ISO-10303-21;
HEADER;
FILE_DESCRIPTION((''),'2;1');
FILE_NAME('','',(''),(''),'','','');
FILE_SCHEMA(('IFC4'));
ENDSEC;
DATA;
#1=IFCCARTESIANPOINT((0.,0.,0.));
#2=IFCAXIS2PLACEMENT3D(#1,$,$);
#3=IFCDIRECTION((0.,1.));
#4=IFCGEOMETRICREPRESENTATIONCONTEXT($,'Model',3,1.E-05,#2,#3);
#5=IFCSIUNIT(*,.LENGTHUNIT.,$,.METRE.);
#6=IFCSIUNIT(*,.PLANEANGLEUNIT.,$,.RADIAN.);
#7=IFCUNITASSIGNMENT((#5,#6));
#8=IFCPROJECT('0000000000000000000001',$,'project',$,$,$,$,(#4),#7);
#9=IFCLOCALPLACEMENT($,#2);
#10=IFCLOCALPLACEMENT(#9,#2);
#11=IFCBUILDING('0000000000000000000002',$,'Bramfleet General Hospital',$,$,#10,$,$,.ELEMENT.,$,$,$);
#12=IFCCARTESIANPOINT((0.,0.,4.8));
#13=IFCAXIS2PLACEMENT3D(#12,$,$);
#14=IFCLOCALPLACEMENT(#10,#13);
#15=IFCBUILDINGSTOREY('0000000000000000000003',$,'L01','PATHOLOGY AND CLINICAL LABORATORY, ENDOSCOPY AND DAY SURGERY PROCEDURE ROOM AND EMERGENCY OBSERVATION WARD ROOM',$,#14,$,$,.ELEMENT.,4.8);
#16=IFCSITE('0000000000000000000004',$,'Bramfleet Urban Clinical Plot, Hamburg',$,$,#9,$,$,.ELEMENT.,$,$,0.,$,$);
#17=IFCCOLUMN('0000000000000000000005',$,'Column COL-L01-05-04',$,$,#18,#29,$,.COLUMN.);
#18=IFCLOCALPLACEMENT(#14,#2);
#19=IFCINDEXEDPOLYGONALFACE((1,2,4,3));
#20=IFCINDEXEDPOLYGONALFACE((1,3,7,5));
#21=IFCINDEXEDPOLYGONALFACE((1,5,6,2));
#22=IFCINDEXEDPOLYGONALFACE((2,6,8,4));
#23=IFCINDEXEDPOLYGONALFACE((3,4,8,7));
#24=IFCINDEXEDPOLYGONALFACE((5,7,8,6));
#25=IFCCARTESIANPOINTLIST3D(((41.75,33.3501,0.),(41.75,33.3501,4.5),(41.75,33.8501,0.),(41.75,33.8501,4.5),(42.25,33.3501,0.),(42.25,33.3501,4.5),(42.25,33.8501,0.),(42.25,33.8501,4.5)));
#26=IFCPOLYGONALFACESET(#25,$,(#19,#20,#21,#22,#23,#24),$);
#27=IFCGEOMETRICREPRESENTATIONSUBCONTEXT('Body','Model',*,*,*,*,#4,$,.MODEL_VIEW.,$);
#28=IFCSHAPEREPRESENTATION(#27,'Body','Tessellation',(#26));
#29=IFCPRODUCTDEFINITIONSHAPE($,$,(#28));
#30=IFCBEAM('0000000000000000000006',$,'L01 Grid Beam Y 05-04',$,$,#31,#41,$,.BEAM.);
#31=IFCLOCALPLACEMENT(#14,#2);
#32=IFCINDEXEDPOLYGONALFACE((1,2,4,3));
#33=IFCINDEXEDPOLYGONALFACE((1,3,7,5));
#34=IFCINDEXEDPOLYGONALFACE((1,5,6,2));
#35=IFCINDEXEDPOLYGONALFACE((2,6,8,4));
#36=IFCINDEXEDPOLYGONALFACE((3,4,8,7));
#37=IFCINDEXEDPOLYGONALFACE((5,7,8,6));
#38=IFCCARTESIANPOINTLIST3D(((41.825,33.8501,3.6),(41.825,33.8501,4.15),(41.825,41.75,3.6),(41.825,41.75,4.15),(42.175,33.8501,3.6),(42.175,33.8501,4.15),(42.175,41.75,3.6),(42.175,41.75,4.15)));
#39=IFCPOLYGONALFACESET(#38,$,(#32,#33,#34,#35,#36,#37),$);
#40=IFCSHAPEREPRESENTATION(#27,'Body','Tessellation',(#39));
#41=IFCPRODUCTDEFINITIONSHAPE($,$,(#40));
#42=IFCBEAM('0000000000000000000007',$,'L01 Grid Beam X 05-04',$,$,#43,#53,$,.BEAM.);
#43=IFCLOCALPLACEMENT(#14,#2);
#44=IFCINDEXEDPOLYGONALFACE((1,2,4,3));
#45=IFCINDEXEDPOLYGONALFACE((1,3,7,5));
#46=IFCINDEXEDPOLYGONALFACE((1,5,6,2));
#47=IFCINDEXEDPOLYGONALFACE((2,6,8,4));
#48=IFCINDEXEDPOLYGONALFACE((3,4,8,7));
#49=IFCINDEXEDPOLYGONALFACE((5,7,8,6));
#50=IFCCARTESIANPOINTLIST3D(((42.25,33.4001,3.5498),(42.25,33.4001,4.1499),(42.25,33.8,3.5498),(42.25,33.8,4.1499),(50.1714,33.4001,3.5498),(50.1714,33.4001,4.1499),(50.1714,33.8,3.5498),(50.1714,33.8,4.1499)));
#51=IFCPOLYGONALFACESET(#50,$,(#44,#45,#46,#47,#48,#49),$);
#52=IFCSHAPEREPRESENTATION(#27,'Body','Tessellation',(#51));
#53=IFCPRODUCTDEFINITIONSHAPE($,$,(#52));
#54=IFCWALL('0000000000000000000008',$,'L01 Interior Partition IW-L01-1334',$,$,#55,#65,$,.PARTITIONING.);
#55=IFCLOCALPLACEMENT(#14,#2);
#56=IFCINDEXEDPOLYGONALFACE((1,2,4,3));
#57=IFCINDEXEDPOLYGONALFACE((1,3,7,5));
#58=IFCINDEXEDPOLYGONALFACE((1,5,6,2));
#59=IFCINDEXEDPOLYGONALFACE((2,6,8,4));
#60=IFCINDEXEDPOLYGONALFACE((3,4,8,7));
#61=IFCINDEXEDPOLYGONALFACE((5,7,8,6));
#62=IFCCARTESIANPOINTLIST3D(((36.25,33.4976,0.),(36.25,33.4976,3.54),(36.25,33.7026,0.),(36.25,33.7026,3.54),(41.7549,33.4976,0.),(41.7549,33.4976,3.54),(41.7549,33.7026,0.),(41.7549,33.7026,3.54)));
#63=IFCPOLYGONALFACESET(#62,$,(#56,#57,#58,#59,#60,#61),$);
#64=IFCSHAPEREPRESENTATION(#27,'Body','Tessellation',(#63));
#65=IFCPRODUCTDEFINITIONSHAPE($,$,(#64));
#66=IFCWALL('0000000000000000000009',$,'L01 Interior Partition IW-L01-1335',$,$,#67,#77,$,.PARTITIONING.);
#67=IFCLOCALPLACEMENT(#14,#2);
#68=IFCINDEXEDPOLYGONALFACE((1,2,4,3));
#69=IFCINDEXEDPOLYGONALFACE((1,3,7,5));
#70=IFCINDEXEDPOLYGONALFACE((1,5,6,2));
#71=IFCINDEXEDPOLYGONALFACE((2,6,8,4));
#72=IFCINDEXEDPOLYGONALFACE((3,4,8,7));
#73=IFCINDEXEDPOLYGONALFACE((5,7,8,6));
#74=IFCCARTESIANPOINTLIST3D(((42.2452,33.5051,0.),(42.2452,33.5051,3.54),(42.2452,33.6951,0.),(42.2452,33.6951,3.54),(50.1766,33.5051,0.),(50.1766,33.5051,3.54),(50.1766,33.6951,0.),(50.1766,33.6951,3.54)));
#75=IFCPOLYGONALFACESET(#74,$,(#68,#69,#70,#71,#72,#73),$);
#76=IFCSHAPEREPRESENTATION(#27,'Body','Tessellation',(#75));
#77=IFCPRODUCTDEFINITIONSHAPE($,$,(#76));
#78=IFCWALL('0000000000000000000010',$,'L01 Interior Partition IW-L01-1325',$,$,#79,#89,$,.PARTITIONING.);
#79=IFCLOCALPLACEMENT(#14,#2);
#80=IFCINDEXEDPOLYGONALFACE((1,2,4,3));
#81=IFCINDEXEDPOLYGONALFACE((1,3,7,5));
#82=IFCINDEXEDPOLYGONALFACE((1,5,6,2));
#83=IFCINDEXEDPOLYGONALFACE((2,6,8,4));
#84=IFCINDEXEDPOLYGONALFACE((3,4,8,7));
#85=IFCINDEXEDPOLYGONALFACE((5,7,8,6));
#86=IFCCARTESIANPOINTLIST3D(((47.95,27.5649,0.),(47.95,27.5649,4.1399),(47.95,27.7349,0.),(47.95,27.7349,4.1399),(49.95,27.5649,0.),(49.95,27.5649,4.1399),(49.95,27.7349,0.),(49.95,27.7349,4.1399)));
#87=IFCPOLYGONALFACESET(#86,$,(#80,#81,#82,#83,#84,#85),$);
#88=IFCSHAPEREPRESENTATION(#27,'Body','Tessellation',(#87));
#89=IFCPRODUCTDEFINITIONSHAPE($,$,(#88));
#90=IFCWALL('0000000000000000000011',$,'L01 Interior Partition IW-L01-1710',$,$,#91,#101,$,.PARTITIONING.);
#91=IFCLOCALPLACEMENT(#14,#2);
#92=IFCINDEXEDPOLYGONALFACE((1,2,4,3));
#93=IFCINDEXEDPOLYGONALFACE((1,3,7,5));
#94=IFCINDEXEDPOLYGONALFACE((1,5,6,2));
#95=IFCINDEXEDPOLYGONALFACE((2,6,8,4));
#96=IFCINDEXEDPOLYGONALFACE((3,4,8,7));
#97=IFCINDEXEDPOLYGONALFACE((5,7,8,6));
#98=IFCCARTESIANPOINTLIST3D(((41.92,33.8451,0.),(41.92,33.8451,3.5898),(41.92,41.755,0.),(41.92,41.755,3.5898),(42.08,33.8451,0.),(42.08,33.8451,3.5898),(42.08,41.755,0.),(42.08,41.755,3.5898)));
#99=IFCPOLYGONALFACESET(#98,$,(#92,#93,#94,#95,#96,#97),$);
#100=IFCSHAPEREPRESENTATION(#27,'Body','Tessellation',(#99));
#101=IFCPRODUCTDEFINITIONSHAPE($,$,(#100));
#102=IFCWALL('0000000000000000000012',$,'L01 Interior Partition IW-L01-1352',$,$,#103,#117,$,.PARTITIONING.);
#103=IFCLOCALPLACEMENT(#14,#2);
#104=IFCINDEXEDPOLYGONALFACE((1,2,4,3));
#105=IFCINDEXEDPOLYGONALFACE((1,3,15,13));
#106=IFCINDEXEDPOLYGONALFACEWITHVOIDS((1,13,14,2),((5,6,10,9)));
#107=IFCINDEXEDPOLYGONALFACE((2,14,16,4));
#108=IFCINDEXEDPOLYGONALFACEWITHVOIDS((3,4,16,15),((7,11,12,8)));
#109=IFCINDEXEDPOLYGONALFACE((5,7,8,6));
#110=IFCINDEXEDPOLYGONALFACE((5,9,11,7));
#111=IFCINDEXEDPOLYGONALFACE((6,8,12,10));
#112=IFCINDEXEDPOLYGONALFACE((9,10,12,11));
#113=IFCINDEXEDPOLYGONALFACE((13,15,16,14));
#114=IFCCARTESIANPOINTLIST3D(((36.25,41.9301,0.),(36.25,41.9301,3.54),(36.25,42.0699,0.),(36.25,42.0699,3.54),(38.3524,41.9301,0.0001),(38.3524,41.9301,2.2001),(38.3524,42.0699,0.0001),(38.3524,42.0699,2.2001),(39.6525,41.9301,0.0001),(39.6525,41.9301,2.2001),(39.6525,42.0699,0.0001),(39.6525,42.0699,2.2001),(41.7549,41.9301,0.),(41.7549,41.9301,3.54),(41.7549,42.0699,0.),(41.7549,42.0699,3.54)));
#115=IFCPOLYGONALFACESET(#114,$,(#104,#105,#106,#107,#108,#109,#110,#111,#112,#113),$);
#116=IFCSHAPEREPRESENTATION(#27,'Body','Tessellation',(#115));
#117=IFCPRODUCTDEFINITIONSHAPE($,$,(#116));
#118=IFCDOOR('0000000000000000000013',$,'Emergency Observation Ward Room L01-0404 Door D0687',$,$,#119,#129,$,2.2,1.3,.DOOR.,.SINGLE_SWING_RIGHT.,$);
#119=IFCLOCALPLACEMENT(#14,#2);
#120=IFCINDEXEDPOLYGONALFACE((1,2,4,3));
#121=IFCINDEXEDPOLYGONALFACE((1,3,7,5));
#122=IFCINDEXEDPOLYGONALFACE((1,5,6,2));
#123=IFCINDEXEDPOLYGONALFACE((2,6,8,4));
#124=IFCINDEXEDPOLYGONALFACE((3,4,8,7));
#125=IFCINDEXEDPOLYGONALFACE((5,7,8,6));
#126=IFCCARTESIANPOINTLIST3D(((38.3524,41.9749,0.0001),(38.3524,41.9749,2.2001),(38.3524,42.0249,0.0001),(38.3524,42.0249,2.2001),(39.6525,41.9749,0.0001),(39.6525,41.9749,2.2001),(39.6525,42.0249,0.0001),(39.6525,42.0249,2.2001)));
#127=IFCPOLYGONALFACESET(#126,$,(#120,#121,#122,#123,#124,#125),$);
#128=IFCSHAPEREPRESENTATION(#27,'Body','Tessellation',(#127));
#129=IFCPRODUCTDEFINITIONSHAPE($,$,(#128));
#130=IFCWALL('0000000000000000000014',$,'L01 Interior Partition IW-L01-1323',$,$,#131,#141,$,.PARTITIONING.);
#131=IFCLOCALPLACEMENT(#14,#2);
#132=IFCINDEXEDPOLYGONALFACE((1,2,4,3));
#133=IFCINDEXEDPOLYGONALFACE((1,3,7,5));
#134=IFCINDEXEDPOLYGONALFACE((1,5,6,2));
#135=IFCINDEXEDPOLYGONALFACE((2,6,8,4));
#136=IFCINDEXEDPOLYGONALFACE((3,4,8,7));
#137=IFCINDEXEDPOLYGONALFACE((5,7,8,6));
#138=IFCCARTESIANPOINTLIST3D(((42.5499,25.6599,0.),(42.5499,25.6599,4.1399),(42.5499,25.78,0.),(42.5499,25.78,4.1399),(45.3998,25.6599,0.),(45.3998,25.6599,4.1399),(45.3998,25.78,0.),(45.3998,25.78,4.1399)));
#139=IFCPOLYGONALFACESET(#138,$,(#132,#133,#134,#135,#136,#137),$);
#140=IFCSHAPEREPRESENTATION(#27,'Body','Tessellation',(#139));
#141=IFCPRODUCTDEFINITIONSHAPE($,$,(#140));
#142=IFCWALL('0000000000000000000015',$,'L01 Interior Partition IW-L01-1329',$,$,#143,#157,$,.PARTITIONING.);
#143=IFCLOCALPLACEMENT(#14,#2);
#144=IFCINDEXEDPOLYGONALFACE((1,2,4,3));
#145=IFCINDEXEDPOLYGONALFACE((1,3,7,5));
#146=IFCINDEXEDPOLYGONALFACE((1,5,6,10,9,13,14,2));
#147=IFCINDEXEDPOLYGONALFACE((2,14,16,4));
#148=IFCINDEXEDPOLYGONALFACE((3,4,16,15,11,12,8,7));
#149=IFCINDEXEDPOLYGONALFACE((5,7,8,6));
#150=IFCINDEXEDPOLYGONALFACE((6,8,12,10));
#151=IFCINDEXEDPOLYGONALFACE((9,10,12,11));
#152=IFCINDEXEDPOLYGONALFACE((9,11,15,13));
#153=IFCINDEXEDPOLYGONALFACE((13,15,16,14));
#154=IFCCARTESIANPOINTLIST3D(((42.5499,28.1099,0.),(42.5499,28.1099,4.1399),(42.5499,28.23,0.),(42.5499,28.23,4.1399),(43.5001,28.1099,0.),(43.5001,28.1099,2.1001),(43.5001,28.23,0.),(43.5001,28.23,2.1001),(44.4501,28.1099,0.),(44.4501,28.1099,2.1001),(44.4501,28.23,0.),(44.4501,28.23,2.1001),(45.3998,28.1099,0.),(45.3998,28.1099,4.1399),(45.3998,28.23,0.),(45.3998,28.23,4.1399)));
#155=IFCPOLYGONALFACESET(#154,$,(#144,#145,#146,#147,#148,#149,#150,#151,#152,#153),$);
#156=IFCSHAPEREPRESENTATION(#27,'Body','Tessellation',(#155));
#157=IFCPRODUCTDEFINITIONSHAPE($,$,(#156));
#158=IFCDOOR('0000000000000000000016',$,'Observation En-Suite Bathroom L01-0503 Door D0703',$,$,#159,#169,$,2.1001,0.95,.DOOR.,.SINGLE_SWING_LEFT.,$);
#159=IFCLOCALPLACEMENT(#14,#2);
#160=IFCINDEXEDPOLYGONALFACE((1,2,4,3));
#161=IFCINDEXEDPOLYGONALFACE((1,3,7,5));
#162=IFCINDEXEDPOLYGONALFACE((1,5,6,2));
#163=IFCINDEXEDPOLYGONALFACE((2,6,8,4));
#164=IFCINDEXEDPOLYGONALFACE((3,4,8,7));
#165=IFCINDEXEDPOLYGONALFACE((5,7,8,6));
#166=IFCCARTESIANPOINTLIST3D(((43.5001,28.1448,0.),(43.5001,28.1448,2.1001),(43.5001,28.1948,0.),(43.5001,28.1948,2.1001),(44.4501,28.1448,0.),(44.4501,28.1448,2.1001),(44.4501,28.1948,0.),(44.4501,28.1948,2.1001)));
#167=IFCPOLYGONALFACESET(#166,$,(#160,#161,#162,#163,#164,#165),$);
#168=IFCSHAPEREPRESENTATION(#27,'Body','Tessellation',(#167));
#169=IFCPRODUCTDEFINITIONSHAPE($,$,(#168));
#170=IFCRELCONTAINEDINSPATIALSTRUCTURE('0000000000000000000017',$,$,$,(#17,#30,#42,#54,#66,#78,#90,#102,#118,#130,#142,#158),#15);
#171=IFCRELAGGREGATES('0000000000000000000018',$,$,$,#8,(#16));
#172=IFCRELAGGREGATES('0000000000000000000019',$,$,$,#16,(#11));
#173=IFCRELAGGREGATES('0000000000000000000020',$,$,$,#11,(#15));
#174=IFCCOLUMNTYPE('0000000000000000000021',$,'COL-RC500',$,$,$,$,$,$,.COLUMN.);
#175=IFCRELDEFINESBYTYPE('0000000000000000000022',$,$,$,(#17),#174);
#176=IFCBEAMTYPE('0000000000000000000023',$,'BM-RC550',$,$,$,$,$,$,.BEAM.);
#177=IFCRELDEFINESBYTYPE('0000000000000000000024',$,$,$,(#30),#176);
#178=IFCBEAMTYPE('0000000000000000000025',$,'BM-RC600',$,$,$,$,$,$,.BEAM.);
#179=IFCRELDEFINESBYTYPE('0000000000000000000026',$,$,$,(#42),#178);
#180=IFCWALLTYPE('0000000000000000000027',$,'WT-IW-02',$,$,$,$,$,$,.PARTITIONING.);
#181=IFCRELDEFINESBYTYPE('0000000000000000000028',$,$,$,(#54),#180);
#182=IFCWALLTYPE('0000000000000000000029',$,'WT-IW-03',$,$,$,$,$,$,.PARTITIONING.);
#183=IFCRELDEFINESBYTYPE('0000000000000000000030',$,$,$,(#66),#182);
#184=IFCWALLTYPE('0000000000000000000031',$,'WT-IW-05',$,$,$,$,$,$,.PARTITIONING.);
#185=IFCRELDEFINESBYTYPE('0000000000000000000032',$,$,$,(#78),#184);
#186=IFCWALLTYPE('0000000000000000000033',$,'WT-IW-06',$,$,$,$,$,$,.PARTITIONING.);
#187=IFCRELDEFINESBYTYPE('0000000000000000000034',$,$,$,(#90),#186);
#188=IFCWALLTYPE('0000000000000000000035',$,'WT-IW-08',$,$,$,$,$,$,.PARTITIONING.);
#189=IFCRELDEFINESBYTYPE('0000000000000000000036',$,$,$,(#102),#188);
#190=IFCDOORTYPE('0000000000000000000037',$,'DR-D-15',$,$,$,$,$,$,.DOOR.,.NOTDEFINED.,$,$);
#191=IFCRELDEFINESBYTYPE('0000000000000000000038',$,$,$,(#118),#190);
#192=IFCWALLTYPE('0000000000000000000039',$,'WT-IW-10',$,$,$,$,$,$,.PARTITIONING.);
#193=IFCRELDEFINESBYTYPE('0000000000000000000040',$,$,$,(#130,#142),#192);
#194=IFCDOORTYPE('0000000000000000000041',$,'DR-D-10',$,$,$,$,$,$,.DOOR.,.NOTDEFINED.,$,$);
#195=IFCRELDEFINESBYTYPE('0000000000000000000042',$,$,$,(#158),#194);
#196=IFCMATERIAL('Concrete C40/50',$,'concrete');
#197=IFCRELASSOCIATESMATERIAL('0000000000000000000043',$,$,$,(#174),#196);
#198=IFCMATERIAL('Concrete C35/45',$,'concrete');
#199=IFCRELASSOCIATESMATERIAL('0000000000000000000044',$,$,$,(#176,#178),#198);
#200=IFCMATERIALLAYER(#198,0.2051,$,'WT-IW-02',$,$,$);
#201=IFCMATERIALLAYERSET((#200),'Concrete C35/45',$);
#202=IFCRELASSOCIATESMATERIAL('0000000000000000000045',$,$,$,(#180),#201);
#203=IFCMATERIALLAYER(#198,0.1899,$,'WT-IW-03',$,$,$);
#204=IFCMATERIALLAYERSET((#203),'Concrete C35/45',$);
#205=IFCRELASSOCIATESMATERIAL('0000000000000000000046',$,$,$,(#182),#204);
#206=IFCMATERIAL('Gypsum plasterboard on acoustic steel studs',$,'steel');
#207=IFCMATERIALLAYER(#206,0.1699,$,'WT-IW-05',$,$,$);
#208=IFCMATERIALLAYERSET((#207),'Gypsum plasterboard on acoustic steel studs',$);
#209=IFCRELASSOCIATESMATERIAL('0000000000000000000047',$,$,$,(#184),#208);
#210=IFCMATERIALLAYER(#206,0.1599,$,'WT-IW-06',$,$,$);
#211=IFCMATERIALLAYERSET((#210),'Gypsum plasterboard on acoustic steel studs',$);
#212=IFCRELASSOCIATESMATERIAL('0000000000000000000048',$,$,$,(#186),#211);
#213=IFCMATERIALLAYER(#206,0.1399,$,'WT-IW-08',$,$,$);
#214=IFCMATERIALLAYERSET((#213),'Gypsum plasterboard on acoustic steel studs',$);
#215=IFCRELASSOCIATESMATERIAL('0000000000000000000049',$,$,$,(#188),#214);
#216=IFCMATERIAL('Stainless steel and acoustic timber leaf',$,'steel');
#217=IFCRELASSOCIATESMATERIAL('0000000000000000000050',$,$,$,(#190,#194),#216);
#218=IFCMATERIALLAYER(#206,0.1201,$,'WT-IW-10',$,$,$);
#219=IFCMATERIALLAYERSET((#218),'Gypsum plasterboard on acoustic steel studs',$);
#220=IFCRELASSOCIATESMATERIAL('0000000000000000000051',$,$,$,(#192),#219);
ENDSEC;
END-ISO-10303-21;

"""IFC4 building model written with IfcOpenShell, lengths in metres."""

from ifc_helpers import new_model, si_unit, direction, frame, frame_2d, origin, origin_2d, place, context, subcontext, project, spatial, rectangle, extrude, material, layer, layer_set, material_profile, profile_set, type_object, element, fill, save


model = new_model("IFC4")

# Units and contexts
model_context = context("Model", 3, precision=1e-05, world=origin(), true_north=direction((0.0, 1.0)))
body_context = subcontext(model_context, "Body", "Model", "MODEL_VIEW")
ifc_project = project(units=[si_unit("LENGTHUNIT", "METRE"), si_unit("PLANEANGLEUNIT", "RADIAN")], contexts=[model_context])

# Site, building, storey
site_placement = place(None, origin())
site = spatial("IfcSite", under=ifc_project, at=site_placement, Name="Bramfleet Urban Clinical Plot, Hamburg", CompositionType="ELEMENT", RefElevation=0.0)
building_placement = place(site_placement, origin())
building = spatial("IfcBuilding", under=site, at=building_placement, Name="Bramfleet General Hospital", CompositionType="ELEMENT")
storey_placement = place(building_placement, frame((0.0, 0.0, 4.8)))
storey = spatial("IfcBuildingStorey", under=building, at=storey_placement, Name="L01", Description="PATHOLOGY AND CLINICAL LABORATORY, ENDOSCOPY AND DAY SURGERY PROCEDURE ROOM AND EMERGENCY OBSERVATION WARD ROOM", CompositionType="ELEMENT", Elevation=4.8)

# Column
ifc_material_1 = material(Name="Concrete C40/50", Category="concrete")
ifc_material_profile_1 = material_profile(ifc_material_1, rectangle(XDim=0.5, YDim=0.5, at=origin_2d()), Name="RC COL 500x500")
ifc_profile_set_1 = profile_set([ifc_material_profile_1], Name="Concrete C40/50")
column_type = type_object("IfcColumnType", Name="COL-RC500", PredefinedType="COLUMN", material=ifc_profile_set_1)
column_placement = place(storey_placement, frame((42.0, 33.6001, 0.0), z_axis=(0.0, 0.0, 1.0), x_axis=(1.0, 0.0, 0.0)))
element("IfcColumn", 1, at=column_placement, inside=storey, type_object=column_type, Name="Column COL-L01-05-04", PredefinedType="COLUMN", context=body_context, shape_type="SweptSolid", body=[
    extrude(rectangle(XDim=0.5, YDim=0.5, at=origin_2d()), origin(), (0.0, 0.0, 1.0), 4.5),
])

# Beams
ifc_material_2 = material(Name="Concrete C35/45", Category="concrete")
ifc_material_profile_2 = material_profile(ifc_material_2, rectangle(XDim=0.3501, YDim=0.55, at=origin_2d()), Name="RC BM 550x350")
ifc_profile_set_2 = profile_set([ifc_material_profile_2], Name="Concrete C35/45")
beam_type_1 = type_object("IfcBeamType", Name="BM-RC550", PredefinedType="BEAM", material=ifc_profile_set_2)
beam_1_placement = place(storey_placement, frame((42.0, 33.8501, 3.875), z_axis=(0.0, 1.0, 0.0), x_axis=(-1.0, 0.0, 0.0)))
element("IfcBeam", 2, at=beam_1_placement, inside=storey, type_object=beam_type_1, Name="L01 Grid Beam Y 05-04", PredefinedType="BEAM", context=body_context, shape_type="SweptSolid", body=[
    extrude(rectangle(XDim=0.3501, YDim=0.55, at=origin_2d()), origin(), (0.0, 0.0, 1.0), 7.8999),
])
ifc_material_profile_3 = material_profile(ifc_material_2, rectangle(XDim=0.3999, YDim=0.6001, at=origin_2d()), Name="RC BM 600x400")
ifc_profile_set_3 = profile_set([ifc_material_profile_3], Name="Concrete C35/45")
beam_type_2 = type_object("IfcBeamType", Name="BM-RC600", PredefinedType="BEAM", material=ifc_profile_set_3)
beam_2_placement = place(storey_placement, frame((42.25, 33.6001, 3.8499), z_axis=(1.0, 0.0, 0.0), x_axis=(0.0, 1.0, 0.0)))
element("IfcBeam", 3, at=beam_2_placement, inside=storey, type_object=beam_type_2, Name="L01 Grid Beam X 05-04", PredefinedType="BEAM", context=body_context, shape_type="SweptSolid", body=[
    extrude(rectangle(XDim=0.3999, YDim=0.6001, at=origin_2d()), origin(), (0.0, 0.0, 1.0), 7.9214),
])

# Walls
ifc_layer_1 = layer(ifc_material_2, 0.2051, Name="WT-IW-02")
ifc_layer_set_1 = layer_set([ifc_layer_1], Name="Concrete C35/45")
wall_type_1 = type_object("IfcWallType", Name="WT-IW-02", PredefinedType="PARTITIONING", material=ifc_layer_set_1)
wall_1_placement = place(storey_placement, frame((36.25, 33.6001, 0.0), z_axis=(0.0, 0.0, 1.0), x_axis=(1.0, 0.0, 0.0)))
element("IfcWall", 4, at=wall_1_placement, inside=storey, type_object=wall_type_1, Name="L01 Interior Partition IW-L01-1334", PredefinedType="PARTITIONING", context=body_context, shape_type="SweptSolid", body=[
    extrude(rectangle(XDim=5.5049, YDim=0.2051, at=frame_2d((2.7524, 0.0))), origin(), (0.0, 0.0, 1.0), 3.54),
])
ifc_layer_2 = layer(ifc_material_2, 0.1899, Name="WT-IW-03")
ifc_layer_set_2 = layer_set([ifc_layer_2], Name="Concrete C35/45")
wall_type_2 = type_object("IfcWallType", Name="WT-IW-03", PredefinedType="PARTITIONING", material=ifc_layer_set_2)
wall_2_placement = place(storey_placement, frame((42.2451, 33.6001, 0.0), z_axis=(0.0, 0.0, 1.0), x_axis=(1.0, 0.0, 0.0)))
element("IfcWall", 5, at=wall_2_placement, inside=storey, type_object=wall_type_2, Name="L01 Interior Partition IW-L01-1335", PredefinedType="PARTITIONING", context=body_context, shape_type="SweptSolid", body=[
    extrude(rectangle(XDim=7.9314, YDim=0.1899, at=frame_2d((3.9658, 0.0))), origin(), (0.0, 0.0, 1.0), 3.54),
])
ifc_material_3 = material(Name="Gypsum plasterboard on acoustic steel studs", Category="steel")
ifc_layer_3 = layer(ifc_material_3, 0.1699, Name="WT-IW-05")
ifc_layer_set_3 = layer_set([ifc_layer_3], Name="Gypsum plasterboard on acoustic steel studs")
wall_type_3 = type_object("IfcWallType", Name="WT-IW-05", PredefinedType="PARTITIONING", material=ifc_layer_set_3)
wall_3_placement = place(storey_placement, frame((47.95, 27.6499, 0.0), z_axis=(0.0, 0.0, 1.0), x_axis=(1.0, 0.0, 0.0)))
element("IfcWall", 6, at=wall_3_placement, inside=storey, type_object=wall_type_3, Name="L01 Interior Partition IW-L01-1325", PredefinedType="PARTITIONING", context=body_context, shape_type="SweptSolid", body=[
    extrude(rectangle(XDim=2.0, YDim=0.1699, at=frame_2d((1.0, 0.0))), origin(), (0.0, 0.0, 1.0), 4.1399),
])
ifc_layer_4 = layer(ifc_material_3, 0.1599, Name="WT-IW-06")
ifc_layer_set_4 = layer_set([ifc_layer_4], Name="Gypsum plasterboard on acoustic steel studs")
wall_type_4 = type_object("IfcWallType", Name="WT-IW-06", PredefinedType="PARTITIONING", material=ifc_layer_set_4)
wall_4_placement = place(storey_placement, frame((42.0, 33.845, 0.0), z_axis=(0.0, 0.0, 1.0), x_axis=(0.0, 1.0, 0.0)))
element("IfcWall", 7, at=wall_4_placement, inside=storey, type_object=wall_type_4, Name="L01 Interior Partition IW-L01-1710", PredefinedType="PARTITIONING", context=body_context, shape_type="SweptSolid", body=[
    extrude(rectangle(XDim=7.9099, YDim=0.1599, at=frame_2d((3.9551, 0.0))), origin(), (0.0, 0.0, 1.0), 3.5898),
])

# Wall, opening, door
ifc_layer_5 = layer(ifc_material_3, 0.1399, Name="WT-IW-08")
ifc_layer_set_5 = layer_set([ifc_layer_5], Name="Gypsum plasterboard on acoustic steel studs")
wall_type_5 = type_object("IfcWallType", Name="WT-IW-08", PredefinedType="PARTITIONING", material=ifc_layer_set_5)
wall_5_placement = place(storey_placement, frame((36.25, 42.0, 0.0), z_axis=(0.0, 0.0, 1.0), x_axis=(1.0, 0.0, 0.0)))
wall_5 = element("IfcWall", 8, at=wall_5_placement, inside=storey, type_object=wall_type_5, Name="L01 Interior Partition IW-L01-1352", PredefinedType="PARTITIONING", context=body_context, shape_type="SweptSolid", body=[
    extrude(rectangle(XDim=5.5049, YDim=0.1399, at=frame_2d((2.7524, 0.0))), origin(), (0.0, 0.0, 1.0), 3.54),
])
opening_1_placement = place(wall_5_placement, frame((2.1025, 0.0, 0.0)))
opening_1 = element("IfcOpeningElement", 9, at=opening_1_placement, cuts=wall_5, PredefinedType="OPENING", context=body_context, shape_type="SweptSolid", body=[
    extrude(rectangle(XDim=1.3, YDim=2.2, at=frame_2d((0.6499, 1.1001))), frame((0.0, 0.0798, 0.0), z_axis=(0.0, -1.0, 0.0), x_axis=(1.0, 0.0, 0.0)), (0.0, 0.0, 1.0), 0.1599),
])
ifc_material_4 = material(Name="Stainless steel and acoustic timber leaf", Category="steel")
door_type_1 = type_object("IfcDoorType", Name="DR-D-15", OperationType="NOTDEFINED", PredefinedType="DOOR", material=ifc_material_4)
door_1_placement = place(opening_1_placement, origin())
door_1 = element("IfcDoor", 10, at=door_1_placement, inside=storey, type_object=door_type_1, Name="Emergency Observation Ward Room L01-0404 Door D0687", OperationType="SINGLE_SWING_RIGHT", OverallHeight=2.2, OverallWidth=1.3, PredefinedType="DOOR", context=body_context, shape_type="SweptSolid", body=[
    extrude(rectangle(XDim=1.3, YDim=2.2, at=frame_2d((0.6499, 1.1001))), frame((0.0, 0.0249, 0.0), z_axis=(0.0, -1.0, 0.0), x_axis=(1.0, 0.0, 0.0)), (0.0, 0.0, 1.0), 0.05),
])
fill(opening_1, door_1)

# Wall
ifc_layer_6 = layer(ifc_material_3, 0.1201, Name="WT-IW-10")
ifc_layer_set_6 = layer_set([ifc_layer_6], Name="Gypsum plasterboard on acoustic steel studs")
wall_type_6 = type_object("IfcWallType", Name="WT-IW-10", PredefinedType="PARTITIONING", material=ifc_layer_set_6)
wall_6_placement = place(storey_placement, frame((42.55, 25.72, 0.0), z_axis=(0.0, 0.0, 1.0), x_axis=(1.0, 0.0, 0.0)))
element("IfcWall", 11, at=wall_6_placement, inside=storey, type_object=wall_type_6, Name="L01 Interior Partition IW-L01-1323", PredefinedType="PARTITIONING", context=body_context, shape_type="SweptSolid", body=[
    extrude(rectangle(XDim=2.8499, YDim=0.1201, at=frame_2d((1.4248, 0.0))), origin(), (0.0, 0.0, 1.0), 4.1399),
])

# Wall, opening, door
wall_7_placement = place(storey_placement, frame((42.55, 28.1699, 0.0), z_axis=(0.0, 0.0, 1.0), x_axis=(1.0, 0.0, 0.0)))
wall_7 = element("IfcWall", 12, at=wall_7_placement, inside=storey, type_object=wall_type_6, Name="L01 Interior Partition IW-L01-1329", PredefinedType="PARTITIONING", context=body_context, shape_type="SweptSolid", body=[
    extrude(rectangle(XDim=2.8499, YDim=0.1201, at=frame_2d((1.4248, 0.0))), origin(), (0.0, 0.0, 1.0), 4.1399),
])
opening_2_placement = place(wall_7_placement, frame((0.95, 0.0, 0.0)))
opening_2 = element("IfcOpeningElement", 13, at=opening_2_placement, cuts=wall_7, PredefinedType="OPENING", context=body_context, shape_type="SweptSolid", body=[
    extrude(rectangle(XDim=0.95, YDim=2.1001, at=frame_2d((0.4751, 1.05))), frame((0.0, 0.0701, 0.0), z_axis=(0.0, -1.0, 0.0), x_axis=(1.0, 0.0, 0.0)), (0.0, 0.0, 1.0), 0.1401),
])
door_type_2 = type_object("IfcDoorType", Name="DR-D-10", OperationType="NOTDEFINED", PredefinedType="DOOR", material=ifc_material_4)
door_2_placement = place(opening_2_placement, origin())
door_2 = element("IfcDoor", 14, at=door_2_placement, inside=storey, type_object=door_type_2, Name="Observation En-Suite Bathroom L01-0503 Door D0703", OperationType="SINGLE_SWING_LEFT", OverallHeight=2.1001, OverallWidth=0.95, PredefinedType="DOOR", context=body_context, shape_type="SweptSolid", body=[
    extrude(rectangle(XDim=0.95, YDim=2.1001, at=frame_2d((0.4751, 1.05))), frame((0.0, 0.0249, 0.0), z_axis=(0.0, -1.0, 0.0), x_axis=(1.0, 0.0, 0.0)), (0.0, 0.0, 1.0), 0.05),
])
fill(opening_2, door_2)

save(model, "model.ifc")
